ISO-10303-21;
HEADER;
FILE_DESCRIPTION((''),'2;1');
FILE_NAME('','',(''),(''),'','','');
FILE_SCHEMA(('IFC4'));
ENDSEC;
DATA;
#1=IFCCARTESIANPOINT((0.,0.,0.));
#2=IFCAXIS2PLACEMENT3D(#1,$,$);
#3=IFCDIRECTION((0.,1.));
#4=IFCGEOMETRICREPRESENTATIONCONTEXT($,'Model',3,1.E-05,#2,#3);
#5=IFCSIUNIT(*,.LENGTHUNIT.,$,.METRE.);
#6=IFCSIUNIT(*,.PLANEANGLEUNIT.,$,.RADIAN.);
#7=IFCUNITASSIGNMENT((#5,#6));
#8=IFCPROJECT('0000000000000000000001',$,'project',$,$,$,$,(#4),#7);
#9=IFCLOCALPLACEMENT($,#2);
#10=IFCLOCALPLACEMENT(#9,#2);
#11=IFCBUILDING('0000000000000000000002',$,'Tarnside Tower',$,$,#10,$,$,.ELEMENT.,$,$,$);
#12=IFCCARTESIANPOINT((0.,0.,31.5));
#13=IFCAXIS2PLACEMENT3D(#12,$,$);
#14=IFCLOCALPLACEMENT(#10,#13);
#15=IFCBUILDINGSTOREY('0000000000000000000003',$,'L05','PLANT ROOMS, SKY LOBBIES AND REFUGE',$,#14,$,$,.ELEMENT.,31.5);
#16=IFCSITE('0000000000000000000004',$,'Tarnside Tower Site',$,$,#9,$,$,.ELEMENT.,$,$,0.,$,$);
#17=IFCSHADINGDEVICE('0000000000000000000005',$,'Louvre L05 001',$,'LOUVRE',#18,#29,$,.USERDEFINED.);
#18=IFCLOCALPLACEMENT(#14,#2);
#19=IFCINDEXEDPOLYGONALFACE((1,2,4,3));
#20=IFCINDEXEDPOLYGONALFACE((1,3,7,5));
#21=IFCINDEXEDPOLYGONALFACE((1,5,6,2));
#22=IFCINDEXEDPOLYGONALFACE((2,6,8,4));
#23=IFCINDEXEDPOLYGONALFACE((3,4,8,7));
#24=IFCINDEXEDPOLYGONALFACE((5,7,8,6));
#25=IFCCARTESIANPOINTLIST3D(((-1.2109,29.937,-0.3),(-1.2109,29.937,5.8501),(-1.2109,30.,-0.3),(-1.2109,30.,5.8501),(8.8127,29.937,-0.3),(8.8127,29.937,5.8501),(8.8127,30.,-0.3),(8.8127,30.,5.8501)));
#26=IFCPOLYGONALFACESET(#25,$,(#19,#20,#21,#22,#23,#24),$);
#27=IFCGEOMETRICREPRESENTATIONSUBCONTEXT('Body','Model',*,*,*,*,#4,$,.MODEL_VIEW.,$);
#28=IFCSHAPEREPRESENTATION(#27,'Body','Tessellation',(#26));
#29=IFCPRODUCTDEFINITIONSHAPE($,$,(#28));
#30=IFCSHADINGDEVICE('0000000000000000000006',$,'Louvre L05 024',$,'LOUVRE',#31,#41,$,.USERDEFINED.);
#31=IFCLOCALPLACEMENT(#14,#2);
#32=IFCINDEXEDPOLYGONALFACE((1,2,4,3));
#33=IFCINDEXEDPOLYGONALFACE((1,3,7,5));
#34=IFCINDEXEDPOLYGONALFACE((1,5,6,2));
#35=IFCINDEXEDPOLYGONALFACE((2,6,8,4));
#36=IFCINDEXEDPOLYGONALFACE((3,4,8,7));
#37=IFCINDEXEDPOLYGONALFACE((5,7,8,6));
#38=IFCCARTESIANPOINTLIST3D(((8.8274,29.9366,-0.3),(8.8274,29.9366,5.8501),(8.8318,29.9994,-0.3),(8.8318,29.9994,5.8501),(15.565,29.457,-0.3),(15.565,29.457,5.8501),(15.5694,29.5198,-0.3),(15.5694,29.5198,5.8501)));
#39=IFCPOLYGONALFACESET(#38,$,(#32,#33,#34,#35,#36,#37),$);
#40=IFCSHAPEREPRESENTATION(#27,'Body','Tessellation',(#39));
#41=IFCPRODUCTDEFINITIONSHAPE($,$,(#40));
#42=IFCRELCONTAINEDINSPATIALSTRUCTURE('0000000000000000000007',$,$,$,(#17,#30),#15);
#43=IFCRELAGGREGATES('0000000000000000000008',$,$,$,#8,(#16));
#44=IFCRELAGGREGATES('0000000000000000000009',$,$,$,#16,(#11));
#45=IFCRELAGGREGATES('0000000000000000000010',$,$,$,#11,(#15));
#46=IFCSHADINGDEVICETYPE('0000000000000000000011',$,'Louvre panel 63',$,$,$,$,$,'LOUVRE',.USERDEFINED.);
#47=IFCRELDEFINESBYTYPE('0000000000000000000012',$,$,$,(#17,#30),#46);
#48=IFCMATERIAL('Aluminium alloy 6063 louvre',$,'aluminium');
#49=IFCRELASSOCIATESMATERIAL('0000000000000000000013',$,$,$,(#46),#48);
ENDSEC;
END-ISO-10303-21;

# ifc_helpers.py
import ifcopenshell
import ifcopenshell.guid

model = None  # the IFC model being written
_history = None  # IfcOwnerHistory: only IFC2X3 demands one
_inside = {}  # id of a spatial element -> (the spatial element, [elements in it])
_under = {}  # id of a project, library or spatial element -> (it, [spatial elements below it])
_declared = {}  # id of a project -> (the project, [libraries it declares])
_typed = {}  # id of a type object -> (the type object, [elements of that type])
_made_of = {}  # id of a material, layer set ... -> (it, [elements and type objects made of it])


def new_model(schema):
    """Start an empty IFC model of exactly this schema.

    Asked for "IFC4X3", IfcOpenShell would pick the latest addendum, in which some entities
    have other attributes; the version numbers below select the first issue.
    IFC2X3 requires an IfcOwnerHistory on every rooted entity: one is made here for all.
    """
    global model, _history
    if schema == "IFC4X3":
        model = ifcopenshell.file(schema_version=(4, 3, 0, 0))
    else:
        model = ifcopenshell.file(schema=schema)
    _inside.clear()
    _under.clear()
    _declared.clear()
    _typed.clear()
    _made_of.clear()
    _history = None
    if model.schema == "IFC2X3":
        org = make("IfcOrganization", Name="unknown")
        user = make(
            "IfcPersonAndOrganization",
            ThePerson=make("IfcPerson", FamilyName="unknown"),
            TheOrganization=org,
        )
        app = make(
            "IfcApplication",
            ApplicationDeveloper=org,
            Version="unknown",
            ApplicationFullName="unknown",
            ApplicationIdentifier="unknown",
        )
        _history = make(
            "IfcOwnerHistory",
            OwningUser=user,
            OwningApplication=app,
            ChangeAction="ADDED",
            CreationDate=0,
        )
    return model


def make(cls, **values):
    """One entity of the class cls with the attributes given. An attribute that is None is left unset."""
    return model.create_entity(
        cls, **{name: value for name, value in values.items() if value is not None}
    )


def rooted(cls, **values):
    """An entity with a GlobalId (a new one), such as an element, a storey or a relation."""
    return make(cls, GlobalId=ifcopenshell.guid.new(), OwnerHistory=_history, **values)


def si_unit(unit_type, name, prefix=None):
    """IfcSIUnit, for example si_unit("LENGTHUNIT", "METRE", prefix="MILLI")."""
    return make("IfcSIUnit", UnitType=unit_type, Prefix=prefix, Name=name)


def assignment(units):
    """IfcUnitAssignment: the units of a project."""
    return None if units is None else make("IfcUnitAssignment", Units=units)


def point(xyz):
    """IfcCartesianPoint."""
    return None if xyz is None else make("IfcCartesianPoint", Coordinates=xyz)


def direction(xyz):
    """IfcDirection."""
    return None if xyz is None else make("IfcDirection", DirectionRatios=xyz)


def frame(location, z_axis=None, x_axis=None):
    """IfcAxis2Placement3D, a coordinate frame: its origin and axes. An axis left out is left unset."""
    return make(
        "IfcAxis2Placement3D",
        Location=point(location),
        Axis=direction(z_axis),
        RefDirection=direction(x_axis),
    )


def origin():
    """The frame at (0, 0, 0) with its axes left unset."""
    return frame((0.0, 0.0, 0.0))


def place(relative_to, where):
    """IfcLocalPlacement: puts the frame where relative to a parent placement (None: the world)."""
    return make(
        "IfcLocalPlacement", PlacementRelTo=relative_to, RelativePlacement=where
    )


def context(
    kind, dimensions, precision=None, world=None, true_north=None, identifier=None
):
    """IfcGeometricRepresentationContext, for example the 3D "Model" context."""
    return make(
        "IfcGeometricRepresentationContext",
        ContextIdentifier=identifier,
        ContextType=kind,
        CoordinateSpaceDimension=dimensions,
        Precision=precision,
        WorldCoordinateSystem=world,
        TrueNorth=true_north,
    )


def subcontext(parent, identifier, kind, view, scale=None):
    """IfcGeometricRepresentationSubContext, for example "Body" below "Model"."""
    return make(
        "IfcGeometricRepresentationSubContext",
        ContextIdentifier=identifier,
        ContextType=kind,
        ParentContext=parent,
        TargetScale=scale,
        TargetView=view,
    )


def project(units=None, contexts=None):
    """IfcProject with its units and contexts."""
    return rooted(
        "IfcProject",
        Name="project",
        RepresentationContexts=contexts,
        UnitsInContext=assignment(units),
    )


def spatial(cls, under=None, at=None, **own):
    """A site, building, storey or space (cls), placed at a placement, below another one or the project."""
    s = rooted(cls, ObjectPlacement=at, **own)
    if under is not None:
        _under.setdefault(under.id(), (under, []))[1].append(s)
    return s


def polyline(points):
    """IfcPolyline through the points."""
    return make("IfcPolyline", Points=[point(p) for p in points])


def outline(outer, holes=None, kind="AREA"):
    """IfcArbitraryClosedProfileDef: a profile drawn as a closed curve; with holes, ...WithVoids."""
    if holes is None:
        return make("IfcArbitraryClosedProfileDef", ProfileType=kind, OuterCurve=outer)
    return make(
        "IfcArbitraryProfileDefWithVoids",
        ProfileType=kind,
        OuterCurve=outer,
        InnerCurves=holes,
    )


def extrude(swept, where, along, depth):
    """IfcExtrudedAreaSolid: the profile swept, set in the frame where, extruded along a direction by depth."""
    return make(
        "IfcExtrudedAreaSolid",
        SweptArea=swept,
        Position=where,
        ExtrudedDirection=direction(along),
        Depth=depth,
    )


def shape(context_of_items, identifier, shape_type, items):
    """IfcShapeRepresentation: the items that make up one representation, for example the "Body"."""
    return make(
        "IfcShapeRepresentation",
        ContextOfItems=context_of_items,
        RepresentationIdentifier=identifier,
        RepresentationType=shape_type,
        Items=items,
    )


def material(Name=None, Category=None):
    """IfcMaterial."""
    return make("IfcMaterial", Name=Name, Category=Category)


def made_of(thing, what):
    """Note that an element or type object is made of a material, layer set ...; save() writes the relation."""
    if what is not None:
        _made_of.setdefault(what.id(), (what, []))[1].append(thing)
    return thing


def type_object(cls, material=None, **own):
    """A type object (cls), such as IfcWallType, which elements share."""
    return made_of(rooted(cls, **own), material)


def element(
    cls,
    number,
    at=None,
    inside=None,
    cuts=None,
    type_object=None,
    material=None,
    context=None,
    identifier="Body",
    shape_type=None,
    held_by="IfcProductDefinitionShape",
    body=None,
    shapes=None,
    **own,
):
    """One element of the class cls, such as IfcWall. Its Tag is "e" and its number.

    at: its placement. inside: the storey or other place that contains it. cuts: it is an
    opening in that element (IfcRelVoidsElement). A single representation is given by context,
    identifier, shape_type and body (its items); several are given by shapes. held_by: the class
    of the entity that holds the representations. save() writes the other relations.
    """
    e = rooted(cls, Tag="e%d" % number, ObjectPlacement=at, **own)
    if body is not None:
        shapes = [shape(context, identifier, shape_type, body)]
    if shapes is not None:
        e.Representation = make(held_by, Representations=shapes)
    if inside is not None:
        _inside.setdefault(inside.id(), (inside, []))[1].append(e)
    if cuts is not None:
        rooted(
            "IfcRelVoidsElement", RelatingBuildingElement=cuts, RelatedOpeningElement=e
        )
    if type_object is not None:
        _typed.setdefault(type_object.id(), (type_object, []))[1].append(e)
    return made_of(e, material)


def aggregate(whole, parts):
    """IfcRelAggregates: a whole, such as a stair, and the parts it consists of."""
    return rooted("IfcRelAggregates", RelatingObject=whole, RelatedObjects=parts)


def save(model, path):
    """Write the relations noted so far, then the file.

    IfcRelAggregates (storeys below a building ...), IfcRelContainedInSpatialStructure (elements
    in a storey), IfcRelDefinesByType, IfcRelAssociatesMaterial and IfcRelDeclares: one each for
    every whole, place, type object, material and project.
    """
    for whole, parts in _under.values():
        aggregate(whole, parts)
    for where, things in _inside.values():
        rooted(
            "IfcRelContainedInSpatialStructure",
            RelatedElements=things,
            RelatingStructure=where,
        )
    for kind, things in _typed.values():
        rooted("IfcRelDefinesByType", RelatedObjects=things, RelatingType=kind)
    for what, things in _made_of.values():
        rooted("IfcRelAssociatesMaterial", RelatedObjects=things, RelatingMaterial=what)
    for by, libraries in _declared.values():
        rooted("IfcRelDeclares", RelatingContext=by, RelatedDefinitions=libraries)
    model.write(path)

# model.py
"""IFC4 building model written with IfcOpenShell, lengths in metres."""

from ifc_helpers import new_model, si_unit, direction, frame, origin, place, context, subcontext, project, spatial, polyline, outline, extrude, material, type_object, element, save


model = new_model("IFC4")

# Units and contexts
model_context = context("Model", 3, precision=1e-05, world=origin(), true_north=direction((0.0, 1.0)))
body_context = subcontext(model_context, "Body", "Model", "MODEL_VIEW")
ifc_project = project(units=[si_unit("LENGTHUNIT", "METRE"), si_unit("PLANEANGLEUNIT", "RADIAN")], contexts=[model_context])

# Site, building, storey
site_placement = place(None, origin())
site = spatial("IfcSite", under=ifc_project, at=site_placement, Name="Tarnside Tower Site", CompositionType="ELEMENT", RefElevation=0.0)
building_placement = place(site_placement, origin())
building = spatial("IfcBuilding", under=site, at=building_placement, Name="Tarnside Tower", CompositionType="ELEMENT")
storey_placement = place(building_placement, frame((0.0, 0.0, 31.5)))
storey = spatial("IfcBuildingStorey", under=building, at=storey_placement, Name="L05", Description="PLANT ROOMS, SKY LOBBIES AND REFUGE", CompositionType="ELEMENT", Elevation=31.5)

# Shading devices
ifc_material_1 = material(Name="Aluminium alloy 6063 louvre", Category="aluminium")
shading_device_type = type_object("IfcShadingDeviceType", Name="Louvre panel 63", ElementType="LOUVRE", PredefinedType="USERDEFINED", material=ifc_material_1)
shading_device_1_placement = place(storey_placement, frame((3.8008, 29.937, -0.3), z_axis=(1.0, 0.0, 0.0), x_axis=(0.0, 1.0, 0.0)))
element("IfcShadingDevice", 1, at=shading_device_1_placement, inside=storey, type_object=shading_device_type, Name="Louvre L05 001", ObjectType="LOUVRE", PredefinedType="USERDEFINED", context=body_context, shape_type="SweptSolid", body=[
    extrude(outline(polyline([(0.0, 0.0), (0.063, 0.0), (0.063, 6.1501), (0.0, 6.1501), (0.0, 0.0)])), frame((0.0, 0.0, -5.0117)), (0.0, 0.0, 1.0), 10.0237),
])
shading_device_2_placement = place(storey_placement, frame((12.1963, 29.6968, -0.3), z_axis=(0.997476, -0.071004, 0.0), x_axis=(0.071004, 0.997476, 0.0)))
element("IfcShadingDevice", 2, at=shading_device_2_placement, inside=storey, type_object=shading_device_type, Name="Louvre L05 024", ObjectType="LOUVRE", PredefinedType="USERDEFINED", context=body_context, shape_type="SweptSolid", body=[
    extrude(outline(polyline([(0.0, 0.0), (0.063, 0.0), (0.063, 6.1501), (0.0, 6.1501), (0.0, 0.0)])), frame((0.0, 0.0, -3.3774)), (0.0, 0.0, 1.0), 6.7546),
])

save(model, "model.ifc")
